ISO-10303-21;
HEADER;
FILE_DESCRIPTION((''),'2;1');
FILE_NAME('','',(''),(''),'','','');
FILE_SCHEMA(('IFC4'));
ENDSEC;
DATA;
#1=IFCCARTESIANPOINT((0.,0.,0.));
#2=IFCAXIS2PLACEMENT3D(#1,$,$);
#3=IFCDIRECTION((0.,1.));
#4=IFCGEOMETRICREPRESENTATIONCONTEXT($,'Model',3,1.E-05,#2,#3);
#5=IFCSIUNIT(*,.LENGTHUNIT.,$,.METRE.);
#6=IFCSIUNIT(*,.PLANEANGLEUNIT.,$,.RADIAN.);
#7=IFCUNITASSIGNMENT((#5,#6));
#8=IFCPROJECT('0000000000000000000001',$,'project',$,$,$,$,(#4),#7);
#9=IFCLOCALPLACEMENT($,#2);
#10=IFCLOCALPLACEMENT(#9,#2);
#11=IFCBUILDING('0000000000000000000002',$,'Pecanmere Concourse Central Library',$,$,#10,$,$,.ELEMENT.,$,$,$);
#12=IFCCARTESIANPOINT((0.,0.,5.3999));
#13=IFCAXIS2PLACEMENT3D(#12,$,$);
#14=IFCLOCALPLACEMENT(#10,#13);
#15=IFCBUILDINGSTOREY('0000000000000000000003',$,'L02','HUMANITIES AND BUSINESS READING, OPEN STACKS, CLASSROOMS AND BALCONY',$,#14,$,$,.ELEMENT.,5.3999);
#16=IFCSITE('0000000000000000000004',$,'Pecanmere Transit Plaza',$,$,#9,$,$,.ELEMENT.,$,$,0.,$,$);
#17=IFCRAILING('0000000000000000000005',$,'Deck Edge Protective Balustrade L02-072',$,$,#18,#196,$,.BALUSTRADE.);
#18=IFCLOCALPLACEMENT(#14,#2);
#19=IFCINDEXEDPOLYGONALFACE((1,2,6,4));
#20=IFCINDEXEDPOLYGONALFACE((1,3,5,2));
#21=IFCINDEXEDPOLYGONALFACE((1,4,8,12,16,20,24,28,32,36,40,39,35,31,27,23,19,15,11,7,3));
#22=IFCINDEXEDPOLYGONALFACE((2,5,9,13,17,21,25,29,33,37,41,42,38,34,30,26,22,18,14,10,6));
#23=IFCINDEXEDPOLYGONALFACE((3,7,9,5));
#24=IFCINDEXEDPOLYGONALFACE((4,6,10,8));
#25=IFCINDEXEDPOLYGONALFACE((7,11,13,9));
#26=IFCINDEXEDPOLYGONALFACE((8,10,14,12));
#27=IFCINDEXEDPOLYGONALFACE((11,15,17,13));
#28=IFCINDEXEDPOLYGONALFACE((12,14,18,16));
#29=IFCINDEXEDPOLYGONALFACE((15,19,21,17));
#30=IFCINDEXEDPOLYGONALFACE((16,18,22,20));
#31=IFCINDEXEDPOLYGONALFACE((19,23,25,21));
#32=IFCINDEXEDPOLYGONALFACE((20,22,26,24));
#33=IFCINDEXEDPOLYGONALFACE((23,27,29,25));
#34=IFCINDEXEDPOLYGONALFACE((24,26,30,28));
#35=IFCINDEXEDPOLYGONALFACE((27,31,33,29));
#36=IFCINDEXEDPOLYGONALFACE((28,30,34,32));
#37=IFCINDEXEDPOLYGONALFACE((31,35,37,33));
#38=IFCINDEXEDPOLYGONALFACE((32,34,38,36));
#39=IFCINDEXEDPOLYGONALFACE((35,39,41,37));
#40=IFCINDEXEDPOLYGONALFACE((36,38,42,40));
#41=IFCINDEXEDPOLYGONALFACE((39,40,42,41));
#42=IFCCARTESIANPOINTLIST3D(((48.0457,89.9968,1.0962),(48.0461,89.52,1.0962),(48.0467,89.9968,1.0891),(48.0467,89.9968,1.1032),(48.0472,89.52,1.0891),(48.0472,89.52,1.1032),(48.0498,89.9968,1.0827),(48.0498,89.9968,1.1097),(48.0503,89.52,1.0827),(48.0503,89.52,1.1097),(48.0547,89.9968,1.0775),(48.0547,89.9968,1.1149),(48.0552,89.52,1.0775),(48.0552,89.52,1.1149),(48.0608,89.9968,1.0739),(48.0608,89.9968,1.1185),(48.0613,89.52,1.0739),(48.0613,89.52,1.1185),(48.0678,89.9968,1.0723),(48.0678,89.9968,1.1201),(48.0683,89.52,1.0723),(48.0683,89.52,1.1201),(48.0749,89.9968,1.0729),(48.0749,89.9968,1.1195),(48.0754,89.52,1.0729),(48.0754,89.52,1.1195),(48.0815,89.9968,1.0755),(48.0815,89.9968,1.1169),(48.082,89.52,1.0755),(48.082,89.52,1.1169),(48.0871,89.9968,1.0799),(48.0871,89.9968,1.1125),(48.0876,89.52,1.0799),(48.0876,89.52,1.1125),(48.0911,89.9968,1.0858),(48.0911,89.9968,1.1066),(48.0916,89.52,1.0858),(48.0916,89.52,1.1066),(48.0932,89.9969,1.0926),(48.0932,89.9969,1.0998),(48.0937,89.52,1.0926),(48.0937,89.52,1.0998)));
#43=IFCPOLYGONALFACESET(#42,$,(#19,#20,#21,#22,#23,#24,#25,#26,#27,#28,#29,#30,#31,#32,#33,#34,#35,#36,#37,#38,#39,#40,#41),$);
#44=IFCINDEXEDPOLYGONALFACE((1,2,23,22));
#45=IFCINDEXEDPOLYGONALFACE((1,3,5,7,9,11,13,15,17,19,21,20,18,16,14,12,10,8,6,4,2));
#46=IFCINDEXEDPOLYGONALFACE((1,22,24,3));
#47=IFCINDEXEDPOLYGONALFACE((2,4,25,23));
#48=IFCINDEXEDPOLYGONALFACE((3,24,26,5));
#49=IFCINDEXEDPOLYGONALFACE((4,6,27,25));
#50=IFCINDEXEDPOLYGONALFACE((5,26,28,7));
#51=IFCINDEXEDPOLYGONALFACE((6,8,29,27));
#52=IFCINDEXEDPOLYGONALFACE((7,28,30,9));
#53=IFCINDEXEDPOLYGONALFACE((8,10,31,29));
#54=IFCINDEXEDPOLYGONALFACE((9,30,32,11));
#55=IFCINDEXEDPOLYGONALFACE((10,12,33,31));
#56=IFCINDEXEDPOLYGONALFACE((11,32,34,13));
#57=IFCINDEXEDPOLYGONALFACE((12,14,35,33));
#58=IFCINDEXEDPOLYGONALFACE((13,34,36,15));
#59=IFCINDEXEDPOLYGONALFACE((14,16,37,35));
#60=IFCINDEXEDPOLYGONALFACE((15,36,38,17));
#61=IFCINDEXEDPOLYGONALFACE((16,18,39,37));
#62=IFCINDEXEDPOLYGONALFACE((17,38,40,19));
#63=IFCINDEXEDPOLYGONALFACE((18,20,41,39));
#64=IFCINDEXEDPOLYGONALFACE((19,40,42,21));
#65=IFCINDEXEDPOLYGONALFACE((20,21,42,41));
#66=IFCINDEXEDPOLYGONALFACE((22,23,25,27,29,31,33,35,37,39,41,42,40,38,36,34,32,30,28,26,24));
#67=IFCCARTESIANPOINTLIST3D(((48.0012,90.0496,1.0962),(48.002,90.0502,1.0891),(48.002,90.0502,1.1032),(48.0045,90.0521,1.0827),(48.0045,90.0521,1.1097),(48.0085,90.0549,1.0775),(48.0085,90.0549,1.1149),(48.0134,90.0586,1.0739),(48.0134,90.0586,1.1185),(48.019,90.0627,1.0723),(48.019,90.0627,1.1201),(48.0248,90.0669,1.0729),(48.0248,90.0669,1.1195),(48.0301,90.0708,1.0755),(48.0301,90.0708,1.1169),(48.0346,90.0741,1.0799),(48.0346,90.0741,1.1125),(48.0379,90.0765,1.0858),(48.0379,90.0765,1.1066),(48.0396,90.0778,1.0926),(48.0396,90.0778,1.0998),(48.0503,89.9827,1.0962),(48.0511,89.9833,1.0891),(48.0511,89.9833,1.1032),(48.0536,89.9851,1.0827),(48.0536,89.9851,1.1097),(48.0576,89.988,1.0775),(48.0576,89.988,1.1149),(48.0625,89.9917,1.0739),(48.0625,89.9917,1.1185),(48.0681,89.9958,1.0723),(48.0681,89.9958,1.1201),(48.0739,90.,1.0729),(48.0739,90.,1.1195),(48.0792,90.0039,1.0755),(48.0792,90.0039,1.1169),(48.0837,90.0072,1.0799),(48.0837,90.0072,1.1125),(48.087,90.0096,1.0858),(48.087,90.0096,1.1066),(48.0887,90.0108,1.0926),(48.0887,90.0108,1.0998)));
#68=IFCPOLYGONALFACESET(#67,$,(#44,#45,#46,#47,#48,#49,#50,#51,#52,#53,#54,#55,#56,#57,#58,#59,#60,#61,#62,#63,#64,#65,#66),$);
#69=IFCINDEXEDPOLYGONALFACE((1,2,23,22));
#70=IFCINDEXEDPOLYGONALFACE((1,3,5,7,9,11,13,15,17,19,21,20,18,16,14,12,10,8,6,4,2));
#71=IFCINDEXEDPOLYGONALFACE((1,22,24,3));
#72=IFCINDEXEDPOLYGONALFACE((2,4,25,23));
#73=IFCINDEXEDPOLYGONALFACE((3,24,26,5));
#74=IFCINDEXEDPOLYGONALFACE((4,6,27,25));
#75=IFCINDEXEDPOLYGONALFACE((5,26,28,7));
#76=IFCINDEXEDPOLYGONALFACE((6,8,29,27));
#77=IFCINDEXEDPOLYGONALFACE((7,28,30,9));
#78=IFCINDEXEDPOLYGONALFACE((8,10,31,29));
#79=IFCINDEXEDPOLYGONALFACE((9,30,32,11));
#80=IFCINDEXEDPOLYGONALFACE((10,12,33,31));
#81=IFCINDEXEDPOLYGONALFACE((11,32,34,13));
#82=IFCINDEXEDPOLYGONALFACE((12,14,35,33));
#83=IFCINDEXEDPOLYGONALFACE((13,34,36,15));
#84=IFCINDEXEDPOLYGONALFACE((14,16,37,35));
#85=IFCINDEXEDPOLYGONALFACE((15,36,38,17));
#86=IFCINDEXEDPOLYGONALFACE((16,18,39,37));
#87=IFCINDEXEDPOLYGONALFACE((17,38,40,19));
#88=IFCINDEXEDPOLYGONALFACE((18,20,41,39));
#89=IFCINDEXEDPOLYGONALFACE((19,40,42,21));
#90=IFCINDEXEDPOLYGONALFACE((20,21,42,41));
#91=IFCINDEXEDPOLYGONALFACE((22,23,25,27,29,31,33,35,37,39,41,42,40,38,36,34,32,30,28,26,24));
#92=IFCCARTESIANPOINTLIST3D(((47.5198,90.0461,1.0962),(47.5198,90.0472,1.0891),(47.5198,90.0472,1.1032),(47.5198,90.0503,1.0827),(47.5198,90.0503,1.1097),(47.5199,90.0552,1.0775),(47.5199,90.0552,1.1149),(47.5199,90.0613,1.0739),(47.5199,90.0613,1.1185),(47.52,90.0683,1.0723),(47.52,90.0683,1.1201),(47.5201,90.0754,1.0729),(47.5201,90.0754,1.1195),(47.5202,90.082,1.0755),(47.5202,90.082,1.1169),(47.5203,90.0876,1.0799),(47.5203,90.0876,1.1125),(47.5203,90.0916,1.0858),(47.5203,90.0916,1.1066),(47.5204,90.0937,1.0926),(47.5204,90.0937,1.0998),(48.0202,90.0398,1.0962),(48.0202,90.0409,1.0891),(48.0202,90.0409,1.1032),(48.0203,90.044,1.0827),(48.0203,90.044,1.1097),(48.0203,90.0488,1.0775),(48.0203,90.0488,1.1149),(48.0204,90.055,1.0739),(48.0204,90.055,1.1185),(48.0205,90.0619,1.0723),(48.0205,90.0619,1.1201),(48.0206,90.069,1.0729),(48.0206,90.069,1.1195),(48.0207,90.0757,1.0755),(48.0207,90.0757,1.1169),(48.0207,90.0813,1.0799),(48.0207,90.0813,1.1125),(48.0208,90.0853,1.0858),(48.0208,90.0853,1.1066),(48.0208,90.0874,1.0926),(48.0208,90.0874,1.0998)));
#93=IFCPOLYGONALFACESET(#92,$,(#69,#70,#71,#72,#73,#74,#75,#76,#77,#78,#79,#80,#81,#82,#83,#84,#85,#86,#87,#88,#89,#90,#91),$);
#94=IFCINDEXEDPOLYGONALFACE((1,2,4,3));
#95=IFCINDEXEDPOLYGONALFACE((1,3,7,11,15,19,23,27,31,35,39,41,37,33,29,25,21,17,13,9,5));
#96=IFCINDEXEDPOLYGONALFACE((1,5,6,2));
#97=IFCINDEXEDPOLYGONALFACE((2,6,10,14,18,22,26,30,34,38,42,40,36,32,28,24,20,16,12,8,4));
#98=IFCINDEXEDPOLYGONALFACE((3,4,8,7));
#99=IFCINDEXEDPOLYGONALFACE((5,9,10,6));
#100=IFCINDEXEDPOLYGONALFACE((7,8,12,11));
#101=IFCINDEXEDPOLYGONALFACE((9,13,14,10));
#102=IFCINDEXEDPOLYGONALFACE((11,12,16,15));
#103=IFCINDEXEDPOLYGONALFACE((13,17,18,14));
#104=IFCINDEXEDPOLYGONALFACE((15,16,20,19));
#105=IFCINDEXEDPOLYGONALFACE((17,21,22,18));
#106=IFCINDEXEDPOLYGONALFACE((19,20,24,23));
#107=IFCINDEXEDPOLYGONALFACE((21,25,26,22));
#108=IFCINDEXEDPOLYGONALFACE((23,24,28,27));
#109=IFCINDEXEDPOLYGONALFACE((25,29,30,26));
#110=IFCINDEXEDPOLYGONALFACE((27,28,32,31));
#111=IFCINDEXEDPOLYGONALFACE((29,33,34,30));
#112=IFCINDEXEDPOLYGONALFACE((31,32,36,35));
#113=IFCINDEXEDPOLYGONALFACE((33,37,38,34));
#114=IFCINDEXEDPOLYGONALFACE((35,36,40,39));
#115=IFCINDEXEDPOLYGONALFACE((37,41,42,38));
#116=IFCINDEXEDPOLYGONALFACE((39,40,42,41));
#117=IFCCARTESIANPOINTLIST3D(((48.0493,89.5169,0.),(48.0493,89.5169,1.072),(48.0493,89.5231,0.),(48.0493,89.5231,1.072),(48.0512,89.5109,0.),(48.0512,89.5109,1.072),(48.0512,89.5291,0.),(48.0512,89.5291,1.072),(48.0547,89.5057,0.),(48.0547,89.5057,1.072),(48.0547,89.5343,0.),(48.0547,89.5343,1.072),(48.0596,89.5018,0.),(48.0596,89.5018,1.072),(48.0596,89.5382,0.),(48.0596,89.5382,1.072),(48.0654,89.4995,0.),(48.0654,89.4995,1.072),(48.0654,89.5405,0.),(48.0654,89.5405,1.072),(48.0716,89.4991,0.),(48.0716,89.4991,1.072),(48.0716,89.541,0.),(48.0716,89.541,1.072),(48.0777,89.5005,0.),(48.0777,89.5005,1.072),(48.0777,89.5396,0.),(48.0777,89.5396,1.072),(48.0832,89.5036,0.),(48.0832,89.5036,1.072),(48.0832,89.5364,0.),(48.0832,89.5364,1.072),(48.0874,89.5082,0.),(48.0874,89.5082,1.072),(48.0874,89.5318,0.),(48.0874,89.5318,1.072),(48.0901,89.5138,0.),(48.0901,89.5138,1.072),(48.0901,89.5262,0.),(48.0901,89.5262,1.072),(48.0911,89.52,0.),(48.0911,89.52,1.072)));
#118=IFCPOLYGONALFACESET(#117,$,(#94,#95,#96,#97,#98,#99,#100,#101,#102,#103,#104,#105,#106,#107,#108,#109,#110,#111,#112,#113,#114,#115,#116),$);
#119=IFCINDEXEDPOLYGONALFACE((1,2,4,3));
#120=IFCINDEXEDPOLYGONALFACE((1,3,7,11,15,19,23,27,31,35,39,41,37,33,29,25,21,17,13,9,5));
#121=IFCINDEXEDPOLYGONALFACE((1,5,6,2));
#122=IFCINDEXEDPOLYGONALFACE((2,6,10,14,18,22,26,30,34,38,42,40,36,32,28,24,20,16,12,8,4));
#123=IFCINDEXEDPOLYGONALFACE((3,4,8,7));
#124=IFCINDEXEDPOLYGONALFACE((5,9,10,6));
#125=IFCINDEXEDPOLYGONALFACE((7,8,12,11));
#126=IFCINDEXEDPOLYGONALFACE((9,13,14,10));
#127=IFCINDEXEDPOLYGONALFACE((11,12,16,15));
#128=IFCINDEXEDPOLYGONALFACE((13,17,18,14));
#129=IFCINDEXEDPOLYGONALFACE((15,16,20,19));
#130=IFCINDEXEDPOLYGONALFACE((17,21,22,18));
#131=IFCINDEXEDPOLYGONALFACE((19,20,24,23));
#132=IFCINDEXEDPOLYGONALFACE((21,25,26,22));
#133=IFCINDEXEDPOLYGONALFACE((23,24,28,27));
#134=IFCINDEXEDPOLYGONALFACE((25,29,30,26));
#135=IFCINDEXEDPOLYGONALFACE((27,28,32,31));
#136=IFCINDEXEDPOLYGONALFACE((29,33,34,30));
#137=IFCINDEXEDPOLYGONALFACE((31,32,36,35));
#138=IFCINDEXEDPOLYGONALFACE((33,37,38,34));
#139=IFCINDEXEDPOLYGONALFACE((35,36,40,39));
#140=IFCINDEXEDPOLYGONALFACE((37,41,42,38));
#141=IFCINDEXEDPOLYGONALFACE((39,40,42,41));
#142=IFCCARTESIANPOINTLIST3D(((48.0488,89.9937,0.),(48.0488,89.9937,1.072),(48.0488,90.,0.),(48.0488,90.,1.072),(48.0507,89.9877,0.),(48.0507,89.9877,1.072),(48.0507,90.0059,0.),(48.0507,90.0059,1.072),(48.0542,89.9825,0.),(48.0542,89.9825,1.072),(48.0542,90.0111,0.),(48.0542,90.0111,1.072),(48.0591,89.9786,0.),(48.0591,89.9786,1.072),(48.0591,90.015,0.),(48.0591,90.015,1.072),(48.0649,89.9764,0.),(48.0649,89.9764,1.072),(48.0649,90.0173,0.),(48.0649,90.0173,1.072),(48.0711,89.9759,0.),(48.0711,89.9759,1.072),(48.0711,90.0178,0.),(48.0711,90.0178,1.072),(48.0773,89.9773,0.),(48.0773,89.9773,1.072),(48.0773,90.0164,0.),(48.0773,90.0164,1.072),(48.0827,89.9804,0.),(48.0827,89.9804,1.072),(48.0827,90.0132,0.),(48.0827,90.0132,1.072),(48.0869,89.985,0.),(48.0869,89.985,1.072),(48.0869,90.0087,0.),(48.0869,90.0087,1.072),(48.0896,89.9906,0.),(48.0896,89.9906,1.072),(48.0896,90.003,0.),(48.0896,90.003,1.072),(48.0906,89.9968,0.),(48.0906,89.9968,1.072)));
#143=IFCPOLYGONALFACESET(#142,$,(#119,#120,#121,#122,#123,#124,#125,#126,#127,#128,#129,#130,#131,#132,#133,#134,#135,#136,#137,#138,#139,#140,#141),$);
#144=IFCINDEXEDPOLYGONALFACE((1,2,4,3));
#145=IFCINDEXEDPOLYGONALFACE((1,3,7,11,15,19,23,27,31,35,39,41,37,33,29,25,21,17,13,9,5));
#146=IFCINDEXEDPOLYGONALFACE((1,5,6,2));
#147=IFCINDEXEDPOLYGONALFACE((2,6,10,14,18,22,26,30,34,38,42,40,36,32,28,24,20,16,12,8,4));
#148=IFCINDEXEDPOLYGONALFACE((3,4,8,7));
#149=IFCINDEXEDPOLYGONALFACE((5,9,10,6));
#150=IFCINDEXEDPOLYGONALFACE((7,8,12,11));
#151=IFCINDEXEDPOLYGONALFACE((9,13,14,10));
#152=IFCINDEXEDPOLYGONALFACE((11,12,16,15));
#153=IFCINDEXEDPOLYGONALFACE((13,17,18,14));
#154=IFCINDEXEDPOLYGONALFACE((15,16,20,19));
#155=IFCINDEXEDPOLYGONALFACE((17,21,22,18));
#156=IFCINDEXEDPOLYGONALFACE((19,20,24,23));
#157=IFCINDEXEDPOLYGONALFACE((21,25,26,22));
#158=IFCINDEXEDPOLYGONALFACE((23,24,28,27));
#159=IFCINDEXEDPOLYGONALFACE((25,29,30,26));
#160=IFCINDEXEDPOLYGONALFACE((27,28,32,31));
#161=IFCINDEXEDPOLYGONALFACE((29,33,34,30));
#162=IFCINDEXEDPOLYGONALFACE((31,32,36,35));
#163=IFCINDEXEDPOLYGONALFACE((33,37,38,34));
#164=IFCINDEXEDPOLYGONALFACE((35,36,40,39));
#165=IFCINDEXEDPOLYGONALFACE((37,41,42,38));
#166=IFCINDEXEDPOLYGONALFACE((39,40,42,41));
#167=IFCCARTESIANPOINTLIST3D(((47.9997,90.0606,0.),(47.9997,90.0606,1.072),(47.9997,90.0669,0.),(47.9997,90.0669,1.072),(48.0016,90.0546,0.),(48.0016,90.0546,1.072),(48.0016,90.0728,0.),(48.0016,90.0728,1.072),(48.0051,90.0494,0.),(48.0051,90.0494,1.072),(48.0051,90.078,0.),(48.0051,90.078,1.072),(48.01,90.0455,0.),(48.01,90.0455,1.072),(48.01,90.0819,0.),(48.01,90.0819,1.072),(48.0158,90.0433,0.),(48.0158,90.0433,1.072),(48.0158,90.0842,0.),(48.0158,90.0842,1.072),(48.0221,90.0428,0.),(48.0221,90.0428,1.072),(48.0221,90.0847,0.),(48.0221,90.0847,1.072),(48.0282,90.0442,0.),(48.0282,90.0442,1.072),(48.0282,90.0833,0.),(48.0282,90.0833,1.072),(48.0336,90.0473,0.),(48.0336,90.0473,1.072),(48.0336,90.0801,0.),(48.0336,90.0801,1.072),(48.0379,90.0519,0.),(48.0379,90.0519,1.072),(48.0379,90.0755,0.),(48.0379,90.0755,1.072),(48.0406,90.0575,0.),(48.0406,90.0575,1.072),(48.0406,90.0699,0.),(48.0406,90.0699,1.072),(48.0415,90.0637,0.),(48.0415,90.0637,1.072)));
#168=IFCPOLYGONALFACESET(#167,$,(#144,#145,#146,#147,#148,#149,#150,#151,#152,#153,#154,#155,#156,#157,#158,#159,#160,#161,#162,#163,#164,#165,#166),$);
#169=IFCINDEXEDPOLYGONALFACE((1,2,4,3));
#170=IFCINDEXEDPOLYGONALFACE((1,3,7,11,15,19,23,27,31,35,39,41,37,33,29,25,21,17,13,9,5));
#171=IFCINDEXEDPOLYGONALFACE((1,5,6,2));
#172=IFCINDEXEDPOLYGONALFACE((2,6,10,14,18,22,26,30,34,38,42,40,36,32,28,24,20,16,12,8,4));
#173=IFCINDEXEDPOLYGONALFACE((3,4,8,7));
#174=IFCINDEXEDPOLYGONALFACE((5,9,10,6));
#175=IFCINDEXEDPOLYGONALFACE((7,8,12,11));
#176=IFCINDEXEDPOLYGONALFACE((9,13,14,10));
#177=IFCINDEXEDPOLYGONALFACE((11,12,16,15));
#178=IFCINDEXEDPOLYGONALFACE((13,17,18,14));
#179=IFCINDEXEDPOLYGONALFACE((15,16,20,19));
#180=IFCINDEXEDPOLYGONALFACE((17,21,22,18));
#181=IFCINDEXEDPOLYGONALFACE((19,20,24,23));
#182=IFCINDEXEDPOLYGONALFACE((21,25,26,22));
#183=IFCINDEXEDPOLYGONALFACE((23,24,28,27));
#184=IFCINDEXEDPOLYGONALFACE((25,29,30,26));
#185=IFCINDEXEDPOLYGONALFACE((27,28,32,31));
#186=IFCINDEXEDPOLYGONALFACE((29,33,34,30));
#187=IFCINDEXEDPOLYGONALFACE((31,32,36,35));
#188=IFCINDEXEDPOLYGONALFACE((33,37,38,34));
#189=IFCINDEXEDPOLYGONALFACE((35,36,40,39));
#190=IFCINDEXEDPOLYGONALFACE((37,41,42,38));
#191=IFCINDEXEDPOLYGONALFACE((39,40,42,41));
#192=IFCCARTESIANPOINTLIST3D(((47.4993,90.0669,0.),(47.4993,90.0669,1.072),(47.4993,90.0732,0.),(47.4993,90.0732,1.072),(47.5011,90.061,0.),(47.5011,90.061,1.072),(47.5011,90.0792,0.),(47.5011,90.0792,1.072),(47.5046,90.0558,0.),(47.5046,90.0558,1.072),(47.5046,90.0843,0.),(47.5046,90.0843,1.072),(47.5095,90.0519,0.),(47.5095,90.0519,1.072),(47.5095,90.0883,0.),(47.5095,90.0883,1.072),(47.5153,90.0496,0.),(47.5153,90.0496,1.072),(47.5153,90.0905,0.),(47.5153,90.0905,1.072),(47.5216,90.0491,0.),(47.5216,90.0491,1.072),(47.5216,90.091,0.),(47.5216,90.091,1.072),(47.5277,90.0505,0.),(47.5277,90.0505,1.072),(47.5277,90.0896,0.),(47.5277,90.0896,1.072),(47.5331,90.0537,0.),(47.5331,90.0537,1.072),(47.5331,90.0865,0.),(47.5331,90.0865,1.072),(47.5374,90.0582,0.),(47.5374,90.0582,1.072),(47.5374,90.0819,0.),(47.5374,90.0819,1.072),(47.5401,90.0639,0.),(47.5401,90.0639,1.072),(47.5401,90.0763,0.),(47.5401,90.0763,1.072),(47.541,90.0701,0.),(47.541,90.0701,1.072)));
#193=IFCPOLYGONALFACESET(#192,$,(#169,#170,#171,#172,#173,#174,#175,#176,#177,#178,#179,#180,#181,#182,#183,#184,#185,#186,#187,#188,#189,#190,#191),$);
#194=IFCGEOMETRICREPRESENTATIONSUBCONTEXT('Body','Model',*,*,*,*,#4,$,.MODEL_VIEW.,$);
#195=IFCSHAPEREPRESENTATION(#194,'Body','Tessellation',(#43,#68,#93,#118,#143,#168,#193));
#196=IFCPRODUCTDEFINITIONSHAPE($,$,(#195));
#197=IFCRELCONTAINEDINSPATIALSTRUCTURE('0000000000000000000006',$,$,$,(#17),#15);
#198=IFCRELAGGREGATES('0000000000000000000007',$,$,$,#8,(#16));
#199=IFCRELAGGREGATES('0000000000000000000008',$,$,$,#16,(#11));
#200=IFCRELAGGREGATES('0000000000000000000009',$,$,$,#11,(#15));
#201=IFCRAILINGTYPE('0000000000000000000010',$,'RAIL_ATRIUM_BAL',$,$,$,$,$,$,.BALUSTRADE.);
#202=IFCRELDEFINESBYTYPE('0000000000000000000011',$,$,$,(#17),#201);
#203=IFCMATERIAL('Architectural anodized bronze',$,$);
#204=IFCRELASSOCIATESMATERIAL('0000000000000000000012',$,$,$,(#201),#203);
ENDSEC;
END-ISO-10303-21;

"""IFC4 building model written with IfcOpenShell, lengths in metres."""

from ifc_helpers import new_model, si_unit, direction, frame, origin, origin_2d, place, context, subcontext, project, spatial, circle, extrude, material, type_object, element, save


model = new_model("IFC4")

# Units and contexts
model_context = context("Model", 3, precision=1e-05, world=origin(), true_north=direction((0.0, 1.0)))
body_context = subcontext(model_context, "Body", "Model", "MODEL_VIEW")
ifc_project = project(units=[si_unit("LENGTHUNIT", "METRE"), si_unit("PLANEANGLEUNIT", "RADIAN")], contexts=[model_context])

# Site, building, storey
site_placement = place(None, origin())
site = spatial("IfcSite", under=ifc_project, at=site_placement, Name="Pecanmere Transit Plaza", CompositionType="ELEMENT", RefElevation=0.0)
building_placement = place(site_placement, origin())
building = spatial("IfcBuilding", under=site, at=building_placement, Name="Pecanmere Concourse Central Library", CompositionType="ELEMENT")
storey_placement = place(building_placement, frame((0.0, 0.0, 5.3999)))
storey = spatial("IfcBuildingStorey", under=building, at=storey_placement, Name="L02", Description="HUMANITIES AND BUSINESS READING, OPEN STACKS, CLASSROOMS AND BALCONY", CompositionType="ELEMENT", Elevation=5.3999)

# Railing
ifc_material_1 = material(Name="Architectural anodized bronze")
railing_type = type_object("IfcRailingType", Name="RAIL_ATRIUM_BAL", PredefinedType="BALUSTRADE", material=ifc_material_1)
railing_1_placement = place(storey_placement, frame((48.0701, 89.52, 0.0)))
element("IfcRailing", 1, at=railing_1_placement, inside=storey, type_object=railing_type, Name="Deck Edge Protective Balustrade L02-072", PredefinedType="BALUSTRADE", context=body_context, shape_type="SweptSolid", body=[
    extrude(circle(Radius=0.0239, at=origin_2d()), frame((0.0, 0.0, 1.0962), z_axis=(-0.001024, 0.999999, 0.0), x_axis=(-0.999999, -0.001024, 0.0)), (0.0, 0.0, 1.0), 0.4768),
    extrude(circle(Radius=0.0239, at=origin_2d()), frame((-0.0005, 0.4768, 1.0962), z_axis=(-0.591491, 0.806311, 0.0), x_axis=(-0.806311, -0.591491, 0.0)), (0.0, 0.0, 1.0), 0.083),
    extrude(circle(Radius=0.0239, at=origin_2d()), frame((-0.0496, 0.5437, 1.0962), z_axis=(-0.99992, 0.012682, 0.0), x_axis=(-0.012682, -0.99992, 0.0)), (0.0, 0.0, 1.0), 0.5005),
    extrude(circle(Radius=0.021, at=origin_2d()), origin(), (0.0, 0.0, 1.0), 1.072),
    extrude(circle(Radius=0.021, at=origin_2d()), frame((-0.0005, 0.4768, 0.0)), (0.0, 0.0, 1.0), 1.072),
    extrude(circle(Radius=0.021, at=origin_2d()), frame((-0.0496, 0.5437, 0.0)), (0.0, 0.0, 1.0), 1.072),
    extrude(circle(Radius=0.021, at=origin_2d()), frame((-0.55, 0.55, 0.0)), (0.0, 0.0, 1.0), 1.072),
])

save(model, "model.ifc")
